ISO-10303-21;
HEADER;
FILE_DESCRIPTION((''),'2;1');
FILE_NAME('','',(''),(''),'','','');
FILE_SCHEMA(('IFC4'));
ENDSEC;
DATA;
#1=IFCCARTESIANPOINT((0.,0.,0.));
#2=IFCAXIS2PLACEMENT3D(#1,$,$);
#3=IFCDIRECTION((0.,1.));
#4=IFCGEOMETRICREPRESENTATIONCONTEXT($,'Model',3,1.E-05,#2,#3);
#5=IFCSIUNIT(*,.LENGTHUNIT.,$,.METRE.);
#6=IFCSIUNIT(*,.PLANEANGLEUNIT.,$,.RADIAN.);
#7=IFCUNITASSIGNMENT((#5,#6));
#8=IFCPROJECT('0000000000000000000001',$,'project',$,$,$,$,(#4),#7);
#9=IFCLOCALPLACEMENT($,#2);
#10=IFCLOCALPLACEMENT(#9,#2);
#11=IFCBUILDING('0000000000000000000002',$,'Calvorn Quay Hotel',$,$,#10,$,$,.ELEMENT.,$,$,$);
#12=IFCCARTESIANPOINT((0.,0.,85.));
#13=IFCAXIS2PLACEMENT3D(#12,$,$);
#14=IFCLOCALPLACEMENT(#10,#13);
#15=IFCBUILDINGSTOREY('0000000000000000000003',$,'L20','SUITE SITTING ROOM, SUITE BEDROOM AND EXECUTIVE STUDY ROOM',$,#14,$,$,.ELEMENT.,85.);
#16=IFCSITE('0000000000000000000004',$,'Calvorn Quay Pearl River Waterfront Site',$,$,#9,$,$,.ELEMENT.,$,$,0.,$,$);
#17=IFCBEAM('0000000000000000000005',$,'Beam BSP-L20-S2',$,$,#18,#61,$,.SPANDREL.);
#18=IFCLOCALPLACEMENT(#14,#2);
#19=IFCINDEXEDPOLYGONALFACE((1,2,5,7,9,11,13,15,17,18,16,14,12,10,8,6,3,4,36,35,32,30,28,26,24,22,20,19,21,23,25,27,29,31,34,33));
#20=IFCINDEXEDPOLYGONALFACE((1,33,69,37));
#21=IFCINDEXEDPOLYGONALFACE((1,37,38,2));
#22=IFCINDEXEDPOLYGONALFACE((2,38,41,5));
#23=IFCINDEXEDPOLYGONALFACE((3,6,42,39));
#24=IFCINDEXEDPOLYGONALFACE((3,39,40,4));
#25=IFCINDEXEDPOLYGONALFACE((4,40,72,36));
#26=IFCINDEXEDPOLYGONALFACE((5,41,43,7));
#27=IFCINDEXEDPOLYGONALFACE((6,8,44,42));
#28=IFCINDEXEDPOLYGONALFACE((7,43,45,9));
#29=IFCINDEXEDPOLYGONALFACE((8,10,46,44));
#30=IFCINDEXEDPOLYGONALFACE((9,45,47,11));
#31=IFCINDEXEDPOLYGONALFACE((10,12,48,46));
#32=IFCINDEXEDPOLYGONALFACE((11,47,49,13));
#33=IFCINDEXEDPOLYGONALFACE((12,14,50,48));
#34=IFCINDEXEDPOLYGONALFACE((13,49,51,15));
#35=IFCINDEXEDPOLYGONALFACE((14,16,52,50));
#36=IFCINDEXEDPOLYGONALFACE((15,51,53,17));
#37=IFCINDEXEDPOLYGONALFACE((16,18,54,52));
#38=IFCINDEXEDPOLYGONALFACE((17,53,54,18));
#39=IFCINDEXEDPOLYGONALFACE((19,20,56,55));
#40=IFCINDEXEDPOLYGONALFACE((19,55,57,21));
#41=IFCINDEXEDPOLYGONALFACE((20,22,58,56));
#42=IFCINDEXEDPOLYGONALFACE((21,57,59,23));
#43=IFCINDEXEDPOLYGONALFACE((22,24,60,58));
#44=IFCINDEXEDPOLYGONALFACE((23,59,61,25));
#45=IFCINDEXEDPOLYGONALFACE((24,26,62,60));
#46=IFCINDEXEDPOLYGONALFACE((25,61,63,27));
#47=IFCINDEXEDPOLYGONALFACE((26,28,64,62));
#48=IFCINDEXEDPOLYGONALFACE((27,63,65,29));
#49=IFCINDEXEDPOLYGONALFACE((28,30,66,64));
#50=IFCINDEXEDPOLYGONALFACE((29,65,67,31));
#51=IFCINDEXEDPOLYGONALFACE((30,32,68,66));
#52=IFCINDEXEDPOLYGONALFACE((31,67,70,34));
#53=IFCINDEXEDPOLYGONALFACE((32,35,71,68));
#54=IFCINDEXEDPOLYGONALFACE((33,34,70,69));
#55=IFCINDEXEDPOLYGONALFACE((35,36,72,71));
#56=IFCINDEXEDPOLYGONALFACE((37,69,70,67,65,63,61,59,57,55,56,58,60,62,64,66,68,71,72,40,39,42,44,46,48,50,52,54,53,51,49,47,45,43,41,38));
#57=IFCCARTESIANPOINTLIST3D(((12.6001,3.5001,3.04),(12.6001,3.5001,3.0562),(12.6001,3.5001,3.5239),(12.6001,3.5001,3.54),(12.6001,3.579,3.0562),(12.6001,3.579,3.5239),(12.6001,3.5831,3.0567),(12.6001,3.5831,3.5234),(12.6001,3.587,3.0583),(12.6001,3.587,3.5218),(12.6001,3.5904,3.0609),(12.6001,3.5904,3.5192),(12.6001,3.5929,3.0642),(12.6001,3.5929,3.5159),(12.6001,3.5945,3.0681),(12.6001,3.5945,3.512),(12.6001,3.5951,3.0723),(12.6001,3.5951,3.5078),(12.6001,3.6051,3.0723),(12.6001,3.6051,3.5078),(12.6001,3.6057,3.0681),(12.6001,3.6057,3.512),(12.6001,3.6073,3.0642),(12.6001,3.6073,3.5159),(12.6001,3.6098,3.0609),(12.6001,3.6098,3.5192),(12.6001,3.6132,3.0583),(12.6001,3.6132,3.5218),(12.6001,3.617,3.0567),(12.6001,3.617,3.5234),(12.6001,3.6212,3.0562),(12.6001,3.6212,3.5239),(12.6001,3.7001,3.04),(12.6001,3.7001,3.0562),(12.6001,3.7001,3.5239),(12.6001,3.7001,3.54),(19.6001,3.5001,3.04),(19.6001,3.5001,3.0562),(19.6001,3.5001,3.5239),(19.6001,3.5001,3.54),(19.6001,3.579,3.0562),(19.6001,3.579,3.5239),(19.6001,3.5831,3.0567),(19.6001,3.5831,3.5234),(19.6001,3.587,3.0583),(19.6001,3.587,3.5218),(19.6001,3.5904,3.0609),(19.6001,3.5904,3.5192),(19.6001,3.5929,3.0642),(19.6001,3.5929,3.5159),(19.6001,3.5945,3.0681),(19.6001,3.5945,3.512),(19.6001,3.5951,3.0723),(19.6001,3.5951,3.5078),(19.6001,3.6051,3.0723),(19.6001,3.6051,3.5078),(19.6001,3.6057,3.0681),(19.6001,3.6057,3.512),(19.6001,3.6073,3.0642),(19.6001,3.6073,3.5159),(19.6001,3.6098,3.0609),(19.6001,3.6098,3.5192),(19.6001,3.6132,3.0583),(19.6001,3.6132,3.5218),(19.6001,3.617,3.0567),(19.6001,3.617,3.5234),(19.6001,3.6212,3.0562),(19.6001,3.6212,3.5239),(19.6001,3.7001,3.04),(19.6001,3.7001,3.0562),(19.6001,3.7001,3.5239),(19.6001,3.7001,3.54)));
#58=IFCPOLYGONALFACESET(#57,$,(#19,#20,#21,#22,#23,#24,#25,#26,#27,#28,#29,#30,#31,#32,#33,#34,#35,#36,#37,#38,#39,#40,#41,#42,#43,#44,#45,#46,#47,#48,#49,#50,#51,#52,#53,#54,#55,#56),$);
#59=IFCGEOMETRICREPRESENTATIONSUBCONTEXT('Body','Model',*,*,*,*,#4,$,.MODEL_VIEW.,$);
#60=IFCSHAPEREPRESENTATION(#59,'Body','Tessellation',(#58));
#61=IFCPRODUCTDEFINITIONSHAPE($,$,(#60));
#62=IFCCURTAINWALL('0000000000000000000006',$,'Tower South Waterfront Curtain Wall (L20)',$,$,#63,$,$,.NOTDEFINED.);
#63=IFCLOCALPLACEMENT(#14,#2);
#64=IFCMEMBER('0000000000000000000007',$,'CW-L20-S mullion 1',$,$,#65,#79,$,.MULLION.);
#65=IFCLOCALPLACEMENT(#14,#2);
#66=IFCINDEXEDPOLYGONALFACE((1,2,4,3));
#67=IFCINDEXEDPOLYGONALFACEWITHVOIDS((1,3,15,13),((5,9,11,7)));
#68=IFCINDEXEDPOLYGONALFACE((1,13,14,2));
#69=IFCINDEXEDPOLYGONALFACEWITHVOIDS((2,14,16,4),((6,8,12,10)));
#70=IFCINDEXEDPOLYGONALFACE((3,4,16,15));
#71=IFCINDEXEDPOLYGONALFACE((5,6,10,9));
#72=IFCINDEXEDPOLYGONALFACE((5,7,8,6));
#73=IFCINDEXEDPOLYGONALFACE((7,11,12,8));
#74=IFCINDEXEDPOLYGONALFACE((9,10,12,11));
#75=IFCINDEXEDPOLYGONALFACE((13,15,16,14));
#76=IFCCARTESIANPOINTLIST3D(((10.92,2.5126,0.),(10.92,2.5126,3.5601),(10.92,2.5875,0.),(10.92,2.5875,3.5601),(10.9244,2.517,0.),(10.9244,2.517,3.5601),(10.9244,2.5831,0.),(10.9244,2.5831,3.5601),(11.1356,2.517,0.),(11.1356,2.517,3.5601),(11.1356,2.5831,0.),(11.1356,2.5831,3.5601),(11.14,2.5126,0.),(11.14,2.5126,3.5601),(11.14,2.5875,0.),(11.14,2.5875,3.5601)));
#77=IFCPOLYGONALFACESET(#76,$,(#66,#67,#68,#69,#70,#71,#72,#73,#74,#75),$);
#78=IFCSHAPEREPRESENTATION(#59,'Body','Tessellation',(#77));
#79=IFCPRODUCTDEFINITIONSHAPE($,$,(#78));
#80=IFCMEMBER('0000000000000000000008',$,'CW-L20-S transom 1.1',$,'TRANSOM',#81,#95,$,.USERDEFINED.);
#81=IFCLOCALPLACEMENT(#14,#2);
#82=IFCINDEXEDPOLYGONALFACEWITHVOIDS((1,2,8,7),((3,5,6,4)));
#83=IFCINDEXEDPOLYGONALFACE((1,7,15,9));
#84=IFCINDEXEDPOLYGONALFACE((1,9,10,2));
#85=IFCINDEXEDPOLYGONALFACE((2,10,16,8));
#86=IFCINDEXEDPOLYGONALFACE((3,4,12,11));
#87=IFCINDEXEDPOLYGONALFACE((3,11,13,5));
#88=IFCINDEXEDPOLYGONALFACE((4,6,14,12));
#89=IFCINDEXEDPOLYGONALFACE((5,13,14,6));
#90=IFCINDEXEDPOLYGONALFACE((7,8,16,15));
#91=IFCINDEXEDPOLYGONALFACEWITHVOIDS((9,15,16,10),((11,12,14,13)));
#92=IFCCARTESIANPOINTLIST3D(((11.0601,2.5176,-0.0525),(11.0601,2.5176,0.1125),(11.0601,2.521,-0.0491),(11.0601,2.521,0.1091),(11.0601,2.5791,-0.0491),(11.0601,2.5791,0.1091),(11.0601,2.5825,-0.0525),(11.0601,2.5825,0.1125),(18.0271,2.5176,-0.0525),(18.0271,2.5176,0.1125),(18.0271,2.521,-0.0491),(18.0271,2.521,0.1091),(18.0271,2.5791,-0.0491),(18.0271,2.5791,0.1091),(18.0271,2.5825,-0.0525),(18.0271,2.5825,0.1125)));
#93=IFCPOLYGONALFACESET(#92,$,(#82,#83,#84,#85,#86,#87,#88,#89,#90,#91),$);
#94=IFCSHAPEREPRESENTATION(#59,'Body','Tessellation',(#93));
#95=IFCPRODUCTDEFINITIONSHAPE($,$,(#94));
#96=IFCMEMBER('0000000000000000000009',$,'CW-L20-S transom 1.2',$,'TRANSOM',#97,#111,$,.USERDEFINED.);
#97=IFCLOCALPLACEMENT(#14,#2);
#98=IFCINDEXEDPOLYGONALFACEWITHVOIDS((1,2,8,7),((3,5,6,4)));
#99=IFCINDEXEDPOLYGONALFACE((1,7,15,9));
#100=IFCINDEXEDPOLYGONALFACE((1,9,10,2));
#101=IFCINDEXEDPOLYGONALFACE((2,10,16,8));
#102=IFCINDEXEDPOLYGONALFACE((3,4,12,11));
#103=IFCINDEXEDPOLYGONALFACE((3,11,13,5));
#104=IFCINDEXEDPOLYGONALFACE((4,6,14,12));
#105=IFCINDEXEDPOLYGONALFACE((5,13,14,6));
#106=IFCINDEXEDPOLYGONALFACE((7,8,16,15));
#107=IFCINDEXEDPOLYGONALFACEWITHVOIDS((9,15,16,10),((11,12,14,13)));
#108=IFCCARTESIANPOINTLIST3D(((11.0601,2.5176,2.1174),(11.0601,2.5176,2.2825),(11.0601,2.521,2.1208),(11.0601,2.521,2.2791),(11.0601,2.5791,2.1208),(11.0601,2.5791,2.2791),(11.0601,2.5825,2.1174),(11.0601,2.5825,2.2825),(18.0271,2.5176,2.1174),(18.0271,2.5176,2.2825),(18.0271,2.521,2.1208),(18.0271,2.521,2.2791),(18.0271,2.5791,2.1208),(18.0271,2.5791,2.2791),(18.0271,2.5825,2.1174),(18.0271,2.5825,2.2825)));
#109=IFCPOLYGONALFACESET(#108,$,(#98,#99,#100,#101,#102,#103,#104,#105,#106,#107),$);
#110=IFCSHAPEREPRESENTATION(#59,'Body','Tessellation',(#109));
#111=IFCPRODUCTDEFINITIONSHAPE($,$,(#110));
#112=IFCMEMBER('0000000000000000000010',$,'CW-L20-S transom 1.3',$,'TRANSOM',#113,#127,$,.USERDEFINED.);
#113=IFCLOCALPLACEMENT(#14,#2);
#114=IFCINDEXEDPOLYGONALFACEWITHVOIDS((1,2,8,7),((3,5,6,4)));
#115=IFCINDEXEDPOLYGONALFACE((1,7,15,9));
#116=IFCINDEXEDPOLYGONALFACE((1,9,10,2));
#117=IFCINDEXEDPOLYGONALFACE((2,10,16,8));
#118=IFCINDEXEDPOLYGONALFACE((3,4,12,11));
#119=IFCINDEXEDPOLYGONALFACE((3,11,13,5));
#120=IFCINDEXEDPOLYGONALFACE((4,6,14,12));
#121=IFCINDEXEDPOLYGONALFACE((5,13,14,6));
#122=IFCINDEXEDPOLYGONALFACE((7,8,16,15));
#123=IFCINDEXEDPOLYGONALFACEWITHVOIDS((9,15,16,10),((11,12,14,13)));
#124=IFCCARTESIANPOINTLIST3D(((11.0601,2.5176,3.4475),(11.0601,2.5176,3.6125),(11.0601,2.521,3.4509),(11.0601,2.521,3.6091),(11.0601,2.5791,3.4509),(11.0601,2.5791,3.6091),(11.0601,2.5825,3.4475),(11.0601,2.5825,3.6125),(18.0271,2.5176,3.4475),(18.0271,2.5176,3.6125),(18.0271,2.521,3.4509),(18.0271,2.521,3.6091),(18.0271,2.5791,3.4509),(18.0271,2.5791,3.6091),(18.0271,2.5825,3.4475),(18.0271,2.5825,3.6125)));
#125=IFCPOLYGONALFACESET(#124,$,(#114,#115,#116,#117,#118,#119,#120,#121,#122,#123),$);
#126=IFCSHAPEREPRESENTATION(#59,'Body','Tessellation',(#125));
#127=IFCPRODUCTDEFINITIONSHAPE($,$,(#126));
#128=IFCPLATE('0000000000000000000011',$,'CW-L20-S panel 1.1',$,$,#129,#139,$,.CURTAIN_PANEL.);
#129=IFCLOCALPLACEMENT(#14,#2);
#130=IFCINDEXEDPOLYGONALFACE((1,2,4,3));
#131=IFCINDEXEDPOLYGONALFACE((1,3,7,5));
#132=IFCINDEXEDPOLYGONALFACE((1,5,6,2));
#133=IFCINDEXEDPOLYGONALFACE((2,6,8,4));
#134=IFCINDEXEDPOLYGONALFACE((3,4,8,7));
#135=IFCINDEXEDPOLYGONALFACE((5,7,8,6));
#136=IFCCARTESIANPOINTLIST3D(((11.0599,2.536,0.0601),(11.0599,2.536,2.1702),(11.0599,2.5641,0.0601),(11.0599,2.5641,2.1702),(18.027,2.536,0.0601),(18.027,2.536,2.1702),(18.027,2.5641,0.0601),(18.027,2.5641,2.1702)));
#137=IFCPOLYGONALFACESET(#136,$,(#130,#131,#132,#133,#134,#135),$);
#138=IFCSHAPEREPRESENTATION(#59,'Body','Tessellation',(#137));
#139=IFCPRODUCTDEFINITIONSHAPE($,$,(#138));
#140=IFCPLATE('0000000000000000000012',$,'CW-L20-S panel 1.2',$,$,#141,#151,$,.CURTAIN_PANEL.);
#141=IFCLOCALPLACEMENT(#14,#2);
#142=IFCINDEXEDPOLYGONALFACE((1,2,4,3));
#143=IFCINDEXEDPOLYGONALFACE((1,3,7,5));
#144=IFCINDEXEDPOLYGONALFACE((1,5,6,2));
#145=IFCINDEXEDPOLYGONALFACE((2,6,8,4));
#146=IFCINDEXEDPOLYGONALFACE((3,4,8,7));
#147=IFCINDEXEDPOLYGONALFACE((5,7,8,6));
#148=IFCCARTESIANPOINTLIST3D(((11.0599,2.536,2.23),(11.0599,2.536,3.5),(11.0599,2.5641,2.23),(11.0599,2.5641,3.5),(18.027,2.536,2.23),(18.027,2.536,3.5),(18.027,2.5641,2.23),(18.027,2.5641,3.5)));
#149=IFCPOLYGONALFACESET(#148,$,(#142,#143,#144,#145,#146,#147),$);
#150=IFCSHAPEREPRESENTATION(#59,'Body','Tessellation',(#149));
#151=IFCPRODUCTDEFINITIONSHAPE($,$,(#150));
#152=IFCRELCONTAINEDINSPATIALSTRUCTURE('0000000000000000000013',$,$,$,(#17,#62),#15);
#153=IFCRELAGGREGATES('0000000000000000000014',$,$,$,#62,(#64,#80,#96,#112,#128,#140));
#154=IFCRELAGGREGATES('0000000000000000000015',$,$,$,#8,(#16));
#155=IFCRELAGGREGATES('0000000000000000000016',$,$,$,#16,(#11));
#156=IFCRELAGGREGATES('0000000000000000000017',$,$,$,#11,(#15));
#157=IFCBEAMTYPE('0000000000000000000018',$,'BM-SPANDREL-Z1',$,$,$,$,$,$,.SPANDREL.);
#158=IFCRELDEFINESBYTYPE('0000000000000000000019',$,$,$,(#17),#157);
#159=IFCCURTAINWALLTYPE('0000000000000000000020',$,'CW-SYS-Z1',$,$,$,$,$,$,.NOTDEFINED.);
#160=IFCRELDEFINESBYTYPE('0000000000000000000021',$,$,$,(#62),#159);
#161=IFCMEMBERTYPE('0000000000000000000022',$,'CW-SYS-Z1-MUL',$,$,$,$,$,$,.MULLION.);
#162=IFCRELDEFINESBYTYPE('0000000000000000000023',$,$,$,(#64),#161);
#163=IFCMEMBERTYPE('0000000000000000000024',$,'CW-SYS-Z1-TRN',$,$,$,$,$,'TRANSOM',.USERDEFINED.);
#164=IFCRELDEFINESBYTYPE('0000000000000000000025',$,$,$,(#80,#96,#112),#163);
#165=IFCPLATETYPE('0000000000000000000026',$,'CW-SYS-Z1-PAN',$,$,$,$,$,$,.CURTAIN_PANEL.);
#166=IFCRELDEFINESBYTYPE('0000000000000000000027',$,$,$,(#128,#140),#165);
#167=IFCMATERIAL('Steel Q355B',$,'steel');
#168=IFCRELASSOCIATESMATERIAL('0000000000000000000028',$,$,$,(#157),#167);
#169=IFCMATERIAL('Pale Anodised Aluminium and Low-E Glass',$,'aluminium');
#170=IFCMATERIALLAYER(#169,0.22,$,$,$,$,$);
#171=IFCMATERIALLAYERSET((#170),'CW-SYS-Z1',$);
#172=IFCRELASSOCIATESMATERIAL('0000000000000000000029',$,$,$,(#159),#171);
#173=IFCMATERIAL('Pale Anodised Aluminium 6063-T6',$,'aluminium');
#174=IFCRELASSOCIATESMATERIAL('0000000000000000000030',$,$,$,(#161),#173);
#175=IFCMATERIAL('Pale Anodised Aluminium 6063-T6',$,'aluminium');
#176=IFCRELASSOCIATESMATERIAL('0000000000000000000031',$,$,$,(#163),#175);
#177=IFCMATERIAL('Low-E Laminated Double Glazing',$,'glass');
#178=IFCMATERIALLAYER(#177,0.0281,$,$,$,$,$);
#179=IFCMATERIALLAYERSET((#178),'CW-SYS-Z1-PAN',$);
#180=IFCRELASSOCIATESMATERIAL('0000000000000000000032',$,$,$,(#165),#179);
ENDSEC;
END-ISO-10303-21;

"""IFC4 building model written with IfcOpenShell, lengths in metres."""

from ifc_helpers import new_model, si_unit, direction, frame, origin, origin_2d, place, context, subcontext, project, spatial, rectangle, hollow_rectangle, i_section, extrude, material, layer, layer_set, material_profile, profile_set, type_object, element, aggregate, save


model = new_model("IFC4")

# Units and contexts
model_context = context("Model", 3, precision=1e-05, world=origin(), true_north=direction((0.0, 1.0)))
body_context = subcontext(model_context, "Body", "Model", "MODEL_VIEW")
ifc_project = project(units=[si_unit("LENGTHUNIT", "METRE"), si_unit("PLANEANGLEUNIT", "RADIAN")], contexts=[model_context])

# Site, building, storey
site_placement = place(None, origin())
site = spatial("IfcSite", under=ifc_project, at=site_placement, Name="Calvorn Quay Pearl River Waterfront Site", CompositionType="ELEMENT", RefElevation=0.0)
building_placement = place(site_placement, origin())
building = spatial("IfcBuilding", under=site, at=building_placement, Name="Calvorn Quay Hotel", CompositionType="ELEMENT")
storey_placement = place(building_placement, frame((0.0, 0.0, 85.0)))
storey = spatial("IfcBuildingStorey", under=building, at=storey_placement, Name="L20", Description="SUITE SITTING ROOM, SUITE BEDROOM AND EXECUTIVE STUDY ROOM", CompositionType="ELEMENT", Elevation=85.0)

# Beam
ifc_material_1 = material(Name="Steel Q355B", Category="steel")
ifc_material_profile_1 = material_profile(ifc_material_1, i_section(OverallWidth=0.2, OverallDepth=0.5, WebThickness=0.01, FlangeThickness=0.0161, FilletRadius=0.0161, at=origin_2d()), Name="HN500x200x10x16")
ifc_profile_set_1 = profile_set([ifc_material_profile_1], Name="Steel Q355B")
beam_type_1 = type_object("IfcBeamType", Name="BM-SPANDREL-Z1", PredefinedType="SPANDREL", material=ifc_profile_set_1)
beam_1_placement = place(storey_placement, frame((12.6001, 3.6001, 3.29), z_axis=(1.0, 0.0, 0.0), x_axis=(0.0, 1.0, 0.0)))
element("IfcBeam", 1, at=beam_1_placement, inside=storey, type_object=beam_type_1, Name="Beam BSP-L20-S2", PredefinedType="SPANDREL", context=body_context, shape_type="SweptSolid", body=[
    extrude(i_section(OverallWidth=0.2, OverallDepth=0.5, WebThickness=0.01, FlangeThickness=0.0161, FilletRadius=0.0161, at=origin_2d()), origin(), (0.0, 0.0, 1.0), 7.0),
])

# Curtain wall, members, plates
ifc_material_2 = material(Name="Pale Anodised Aluminium and Low-E Glass", Category="aluminium")
ifc_layer_1 = layer(ifc_material_2, 0.22)
ifc_layer_set_1 = layer_set([ifc_layer_1], Name="CW-SYS-Z1")
curtain_wall_type = type_object("IfcCurtainWallType", Name="CW-SYS-Z1", PredefinedType="NOTDEFINED", material=ifc_layer_set_1)
curtain_wall_placement = place(storey_placement, origin())
curtain_wall = element("IfcCurtainWall", 2, at=curtain_wall_placement, inside=storey, type_object=curtain_wall_type, Name="Tower South Waterfront Curtain Wall (L20)", PredefinedType="NOTDEFINED")
ifc_material_3 = material(Name="Pale Anodised Aluminium 6063-T6", Category="aluminium")
ifc_material_profile_2 = material_profile(ifc_material_3, hollow_rectangle(XDim=0.075, YDim=0.22, WallThickness=0.0044, at=origin_2d()), Name="ALU-M220x75x4.5")
ifc_profile_set_2 = profile_set([ifc_material_profile_2], Name="Pale Anodised Aluminium 6063-T6")
member_type_1 = type_object("IfcMemberType", Name="CW-SYS-Z1-MUL", PredefinedType="MULLION", material=ifc_profile_set_2)
member_1_placement = place(storey_placement, frame((11.03, 2.55, 0.0), z_axis=(0.0, 0.0, 1.0), x_axis=(0.0, 1.0, 0.0)))
member_1 = element("IfcMember", 3, at=member_1_placement, type_object=member_type_1, Name="CW-L20-S mullion 1", PredefinedType="MULLION", context=body_context, shape_type="SweptSolid", body=[
    extrude(hollow_rectangle(XDim=0.075, YDim=0.22, WallThickness=0.0044, at=origin_2d()), origin(), (0.0, 0.0, 1.0), 3.5601),
])
ifc_material_4 = material(Name="Pale Anodised Aluminium 6063-T6", Category="aluminium")
ifc_material_profile_3 = material_profile(ifc_material_4, hollow_rectangle(XDim=0.0649, YDim=0.165, WallThickness=0.0034, at=origin_2d()), Name="ALU-T165x65x3.5")
ifc_profile_set_3 = profile_set([ifc_material_profile_3], Name="Pale Anodised Aluminium 6063-T6")
member_type_2 = type_object("IfcMemberType", Name="CW-SYS-Z1-TRN", ElementType="TRANSOM", PredefinedType="USERDEFINED", material=ifc_profile_set_3)
member_2_placement = place(storey_placement, frame((11.0601, 2.55, 0.03), z_axis=(1.0, 0.0, 0.0), x_axis=(0.0, 1.0, 0.0)))
member_2 = element("IfcMember", 4, at=member_2_placement, type_object=member_type_2, Name="CW-L20-S transom 1.1", ObjectType="TRANSOM", PredefinedType="USERDEFINED", context=body_context, shape_type="SweptSolid", body=[
    extrude(hollow_rectangle(XDim=0.0649, YDim=0.165, WallThickness=0.0034, at=origin_2d()), origin(), (0.0, 0.0, 1.0), 6.967),
])
member_3_placement = place(storey_placement, frame((11.0601, 2.55, 2.2), z_axis=(1.0, 0.0, 0.0), x_axis=(0.0, 1.0, 0.0)))
member_3 = element("IfcMember", 5, at=member_3_placement, type_object=member_type_2, Name="CW-L20-S transom 1.2", ObjectType="TRANSOM", PredefinedType="USERDEFINED", context=body_context, shape_type="SweptSolid", body=[
    extrude(hollow_rectangle(XDim=0.0649, YDim=0.165, WallThickness=0.0034, at=origin_2d()), origin(), (0.0, 0.0, 1.0), 6.967),
])
member_4_placement = place(storey_placement, frame((11.0601, 2.55, 3.53), z_axis=(1.0, 0.0, 0.0), x_axis=(0.0, 1.0, 0.0)))
member_4 = element("IfcMember", 6, at=member_4_placement, type_object=member_type_2, Name="CW-L20-S transom 1.3", ObjectType="TRANSOM", PredefinedType="USERDEFINED", context=body_context, shape_type="SweptSolid", body=[
    extrude(hollow_rectangle(XDim=0.0649, YDim=0.165, WallThickness=0.0034, at=origin_2d()), origin(), (0.0, 0.0, 1.0), 6.967),
])
ifc_material_5 = material(Name="Low-E Laminated Double Glazing", Category="glass")
ifc_layer_2 = layer(ifc_material_5, 0.0281)
ifc_layer_set_2 = layer_set([ifc_layer_2], Name="CW-SYS-Z1-PAN")
plate_type = type_object("IfcPlateType", Name="CW-SYS-Z1-PAN", PredefinedType="CURTAIN_PANEL", material=ifc_layer_set_2)
plate_1_placement = place(storey_placement, frame((14.5435, 2.55, 0.0601), z_axis=(0.0, 0.0, 1.0), x_axis=(1.0, 0.0, 0.0)))
plate_1 = element("IfcPlate", 7, at=plate_1_placement, type_object=plate_type, Name="CW-L20-S panel 1.1", PredefinedType="CURTAIN_PANEL", context=body_context, shape_type="SweptSolid", body=[
    extrude(rectangle(XDim=6.967, YDim=0.0281, at=origin_2d()), origin(), (0.0, 0.0, 1.0), 2.1101),
])
plate_2_placement = place(storey_placement, frame((14.5435, 2.55, 2.23), z_axis=(0.0, 0.0, 1.0), x_axis=(1.0, 0.0, 0.0)))
plate_2 = element("IfcPlate", 8, at=plate_2_placement, type_object=plate_type, Name="CW-L20-S panel 1.2", PredefinedType="CURTAIN_PANEL", context=body_context, shape_type="SweptSolid", body=[
    extrude(rectangle(XDim=6.967, YDim=0.0281, at=origin_2d()), origin(), (0.0, 0.0, 1.0), 1.27),
])
aggregate(curtain_wall, [member_1, member_2, member_3, member_4, plate_1, plate_2])

save(model, "model.ifc")
